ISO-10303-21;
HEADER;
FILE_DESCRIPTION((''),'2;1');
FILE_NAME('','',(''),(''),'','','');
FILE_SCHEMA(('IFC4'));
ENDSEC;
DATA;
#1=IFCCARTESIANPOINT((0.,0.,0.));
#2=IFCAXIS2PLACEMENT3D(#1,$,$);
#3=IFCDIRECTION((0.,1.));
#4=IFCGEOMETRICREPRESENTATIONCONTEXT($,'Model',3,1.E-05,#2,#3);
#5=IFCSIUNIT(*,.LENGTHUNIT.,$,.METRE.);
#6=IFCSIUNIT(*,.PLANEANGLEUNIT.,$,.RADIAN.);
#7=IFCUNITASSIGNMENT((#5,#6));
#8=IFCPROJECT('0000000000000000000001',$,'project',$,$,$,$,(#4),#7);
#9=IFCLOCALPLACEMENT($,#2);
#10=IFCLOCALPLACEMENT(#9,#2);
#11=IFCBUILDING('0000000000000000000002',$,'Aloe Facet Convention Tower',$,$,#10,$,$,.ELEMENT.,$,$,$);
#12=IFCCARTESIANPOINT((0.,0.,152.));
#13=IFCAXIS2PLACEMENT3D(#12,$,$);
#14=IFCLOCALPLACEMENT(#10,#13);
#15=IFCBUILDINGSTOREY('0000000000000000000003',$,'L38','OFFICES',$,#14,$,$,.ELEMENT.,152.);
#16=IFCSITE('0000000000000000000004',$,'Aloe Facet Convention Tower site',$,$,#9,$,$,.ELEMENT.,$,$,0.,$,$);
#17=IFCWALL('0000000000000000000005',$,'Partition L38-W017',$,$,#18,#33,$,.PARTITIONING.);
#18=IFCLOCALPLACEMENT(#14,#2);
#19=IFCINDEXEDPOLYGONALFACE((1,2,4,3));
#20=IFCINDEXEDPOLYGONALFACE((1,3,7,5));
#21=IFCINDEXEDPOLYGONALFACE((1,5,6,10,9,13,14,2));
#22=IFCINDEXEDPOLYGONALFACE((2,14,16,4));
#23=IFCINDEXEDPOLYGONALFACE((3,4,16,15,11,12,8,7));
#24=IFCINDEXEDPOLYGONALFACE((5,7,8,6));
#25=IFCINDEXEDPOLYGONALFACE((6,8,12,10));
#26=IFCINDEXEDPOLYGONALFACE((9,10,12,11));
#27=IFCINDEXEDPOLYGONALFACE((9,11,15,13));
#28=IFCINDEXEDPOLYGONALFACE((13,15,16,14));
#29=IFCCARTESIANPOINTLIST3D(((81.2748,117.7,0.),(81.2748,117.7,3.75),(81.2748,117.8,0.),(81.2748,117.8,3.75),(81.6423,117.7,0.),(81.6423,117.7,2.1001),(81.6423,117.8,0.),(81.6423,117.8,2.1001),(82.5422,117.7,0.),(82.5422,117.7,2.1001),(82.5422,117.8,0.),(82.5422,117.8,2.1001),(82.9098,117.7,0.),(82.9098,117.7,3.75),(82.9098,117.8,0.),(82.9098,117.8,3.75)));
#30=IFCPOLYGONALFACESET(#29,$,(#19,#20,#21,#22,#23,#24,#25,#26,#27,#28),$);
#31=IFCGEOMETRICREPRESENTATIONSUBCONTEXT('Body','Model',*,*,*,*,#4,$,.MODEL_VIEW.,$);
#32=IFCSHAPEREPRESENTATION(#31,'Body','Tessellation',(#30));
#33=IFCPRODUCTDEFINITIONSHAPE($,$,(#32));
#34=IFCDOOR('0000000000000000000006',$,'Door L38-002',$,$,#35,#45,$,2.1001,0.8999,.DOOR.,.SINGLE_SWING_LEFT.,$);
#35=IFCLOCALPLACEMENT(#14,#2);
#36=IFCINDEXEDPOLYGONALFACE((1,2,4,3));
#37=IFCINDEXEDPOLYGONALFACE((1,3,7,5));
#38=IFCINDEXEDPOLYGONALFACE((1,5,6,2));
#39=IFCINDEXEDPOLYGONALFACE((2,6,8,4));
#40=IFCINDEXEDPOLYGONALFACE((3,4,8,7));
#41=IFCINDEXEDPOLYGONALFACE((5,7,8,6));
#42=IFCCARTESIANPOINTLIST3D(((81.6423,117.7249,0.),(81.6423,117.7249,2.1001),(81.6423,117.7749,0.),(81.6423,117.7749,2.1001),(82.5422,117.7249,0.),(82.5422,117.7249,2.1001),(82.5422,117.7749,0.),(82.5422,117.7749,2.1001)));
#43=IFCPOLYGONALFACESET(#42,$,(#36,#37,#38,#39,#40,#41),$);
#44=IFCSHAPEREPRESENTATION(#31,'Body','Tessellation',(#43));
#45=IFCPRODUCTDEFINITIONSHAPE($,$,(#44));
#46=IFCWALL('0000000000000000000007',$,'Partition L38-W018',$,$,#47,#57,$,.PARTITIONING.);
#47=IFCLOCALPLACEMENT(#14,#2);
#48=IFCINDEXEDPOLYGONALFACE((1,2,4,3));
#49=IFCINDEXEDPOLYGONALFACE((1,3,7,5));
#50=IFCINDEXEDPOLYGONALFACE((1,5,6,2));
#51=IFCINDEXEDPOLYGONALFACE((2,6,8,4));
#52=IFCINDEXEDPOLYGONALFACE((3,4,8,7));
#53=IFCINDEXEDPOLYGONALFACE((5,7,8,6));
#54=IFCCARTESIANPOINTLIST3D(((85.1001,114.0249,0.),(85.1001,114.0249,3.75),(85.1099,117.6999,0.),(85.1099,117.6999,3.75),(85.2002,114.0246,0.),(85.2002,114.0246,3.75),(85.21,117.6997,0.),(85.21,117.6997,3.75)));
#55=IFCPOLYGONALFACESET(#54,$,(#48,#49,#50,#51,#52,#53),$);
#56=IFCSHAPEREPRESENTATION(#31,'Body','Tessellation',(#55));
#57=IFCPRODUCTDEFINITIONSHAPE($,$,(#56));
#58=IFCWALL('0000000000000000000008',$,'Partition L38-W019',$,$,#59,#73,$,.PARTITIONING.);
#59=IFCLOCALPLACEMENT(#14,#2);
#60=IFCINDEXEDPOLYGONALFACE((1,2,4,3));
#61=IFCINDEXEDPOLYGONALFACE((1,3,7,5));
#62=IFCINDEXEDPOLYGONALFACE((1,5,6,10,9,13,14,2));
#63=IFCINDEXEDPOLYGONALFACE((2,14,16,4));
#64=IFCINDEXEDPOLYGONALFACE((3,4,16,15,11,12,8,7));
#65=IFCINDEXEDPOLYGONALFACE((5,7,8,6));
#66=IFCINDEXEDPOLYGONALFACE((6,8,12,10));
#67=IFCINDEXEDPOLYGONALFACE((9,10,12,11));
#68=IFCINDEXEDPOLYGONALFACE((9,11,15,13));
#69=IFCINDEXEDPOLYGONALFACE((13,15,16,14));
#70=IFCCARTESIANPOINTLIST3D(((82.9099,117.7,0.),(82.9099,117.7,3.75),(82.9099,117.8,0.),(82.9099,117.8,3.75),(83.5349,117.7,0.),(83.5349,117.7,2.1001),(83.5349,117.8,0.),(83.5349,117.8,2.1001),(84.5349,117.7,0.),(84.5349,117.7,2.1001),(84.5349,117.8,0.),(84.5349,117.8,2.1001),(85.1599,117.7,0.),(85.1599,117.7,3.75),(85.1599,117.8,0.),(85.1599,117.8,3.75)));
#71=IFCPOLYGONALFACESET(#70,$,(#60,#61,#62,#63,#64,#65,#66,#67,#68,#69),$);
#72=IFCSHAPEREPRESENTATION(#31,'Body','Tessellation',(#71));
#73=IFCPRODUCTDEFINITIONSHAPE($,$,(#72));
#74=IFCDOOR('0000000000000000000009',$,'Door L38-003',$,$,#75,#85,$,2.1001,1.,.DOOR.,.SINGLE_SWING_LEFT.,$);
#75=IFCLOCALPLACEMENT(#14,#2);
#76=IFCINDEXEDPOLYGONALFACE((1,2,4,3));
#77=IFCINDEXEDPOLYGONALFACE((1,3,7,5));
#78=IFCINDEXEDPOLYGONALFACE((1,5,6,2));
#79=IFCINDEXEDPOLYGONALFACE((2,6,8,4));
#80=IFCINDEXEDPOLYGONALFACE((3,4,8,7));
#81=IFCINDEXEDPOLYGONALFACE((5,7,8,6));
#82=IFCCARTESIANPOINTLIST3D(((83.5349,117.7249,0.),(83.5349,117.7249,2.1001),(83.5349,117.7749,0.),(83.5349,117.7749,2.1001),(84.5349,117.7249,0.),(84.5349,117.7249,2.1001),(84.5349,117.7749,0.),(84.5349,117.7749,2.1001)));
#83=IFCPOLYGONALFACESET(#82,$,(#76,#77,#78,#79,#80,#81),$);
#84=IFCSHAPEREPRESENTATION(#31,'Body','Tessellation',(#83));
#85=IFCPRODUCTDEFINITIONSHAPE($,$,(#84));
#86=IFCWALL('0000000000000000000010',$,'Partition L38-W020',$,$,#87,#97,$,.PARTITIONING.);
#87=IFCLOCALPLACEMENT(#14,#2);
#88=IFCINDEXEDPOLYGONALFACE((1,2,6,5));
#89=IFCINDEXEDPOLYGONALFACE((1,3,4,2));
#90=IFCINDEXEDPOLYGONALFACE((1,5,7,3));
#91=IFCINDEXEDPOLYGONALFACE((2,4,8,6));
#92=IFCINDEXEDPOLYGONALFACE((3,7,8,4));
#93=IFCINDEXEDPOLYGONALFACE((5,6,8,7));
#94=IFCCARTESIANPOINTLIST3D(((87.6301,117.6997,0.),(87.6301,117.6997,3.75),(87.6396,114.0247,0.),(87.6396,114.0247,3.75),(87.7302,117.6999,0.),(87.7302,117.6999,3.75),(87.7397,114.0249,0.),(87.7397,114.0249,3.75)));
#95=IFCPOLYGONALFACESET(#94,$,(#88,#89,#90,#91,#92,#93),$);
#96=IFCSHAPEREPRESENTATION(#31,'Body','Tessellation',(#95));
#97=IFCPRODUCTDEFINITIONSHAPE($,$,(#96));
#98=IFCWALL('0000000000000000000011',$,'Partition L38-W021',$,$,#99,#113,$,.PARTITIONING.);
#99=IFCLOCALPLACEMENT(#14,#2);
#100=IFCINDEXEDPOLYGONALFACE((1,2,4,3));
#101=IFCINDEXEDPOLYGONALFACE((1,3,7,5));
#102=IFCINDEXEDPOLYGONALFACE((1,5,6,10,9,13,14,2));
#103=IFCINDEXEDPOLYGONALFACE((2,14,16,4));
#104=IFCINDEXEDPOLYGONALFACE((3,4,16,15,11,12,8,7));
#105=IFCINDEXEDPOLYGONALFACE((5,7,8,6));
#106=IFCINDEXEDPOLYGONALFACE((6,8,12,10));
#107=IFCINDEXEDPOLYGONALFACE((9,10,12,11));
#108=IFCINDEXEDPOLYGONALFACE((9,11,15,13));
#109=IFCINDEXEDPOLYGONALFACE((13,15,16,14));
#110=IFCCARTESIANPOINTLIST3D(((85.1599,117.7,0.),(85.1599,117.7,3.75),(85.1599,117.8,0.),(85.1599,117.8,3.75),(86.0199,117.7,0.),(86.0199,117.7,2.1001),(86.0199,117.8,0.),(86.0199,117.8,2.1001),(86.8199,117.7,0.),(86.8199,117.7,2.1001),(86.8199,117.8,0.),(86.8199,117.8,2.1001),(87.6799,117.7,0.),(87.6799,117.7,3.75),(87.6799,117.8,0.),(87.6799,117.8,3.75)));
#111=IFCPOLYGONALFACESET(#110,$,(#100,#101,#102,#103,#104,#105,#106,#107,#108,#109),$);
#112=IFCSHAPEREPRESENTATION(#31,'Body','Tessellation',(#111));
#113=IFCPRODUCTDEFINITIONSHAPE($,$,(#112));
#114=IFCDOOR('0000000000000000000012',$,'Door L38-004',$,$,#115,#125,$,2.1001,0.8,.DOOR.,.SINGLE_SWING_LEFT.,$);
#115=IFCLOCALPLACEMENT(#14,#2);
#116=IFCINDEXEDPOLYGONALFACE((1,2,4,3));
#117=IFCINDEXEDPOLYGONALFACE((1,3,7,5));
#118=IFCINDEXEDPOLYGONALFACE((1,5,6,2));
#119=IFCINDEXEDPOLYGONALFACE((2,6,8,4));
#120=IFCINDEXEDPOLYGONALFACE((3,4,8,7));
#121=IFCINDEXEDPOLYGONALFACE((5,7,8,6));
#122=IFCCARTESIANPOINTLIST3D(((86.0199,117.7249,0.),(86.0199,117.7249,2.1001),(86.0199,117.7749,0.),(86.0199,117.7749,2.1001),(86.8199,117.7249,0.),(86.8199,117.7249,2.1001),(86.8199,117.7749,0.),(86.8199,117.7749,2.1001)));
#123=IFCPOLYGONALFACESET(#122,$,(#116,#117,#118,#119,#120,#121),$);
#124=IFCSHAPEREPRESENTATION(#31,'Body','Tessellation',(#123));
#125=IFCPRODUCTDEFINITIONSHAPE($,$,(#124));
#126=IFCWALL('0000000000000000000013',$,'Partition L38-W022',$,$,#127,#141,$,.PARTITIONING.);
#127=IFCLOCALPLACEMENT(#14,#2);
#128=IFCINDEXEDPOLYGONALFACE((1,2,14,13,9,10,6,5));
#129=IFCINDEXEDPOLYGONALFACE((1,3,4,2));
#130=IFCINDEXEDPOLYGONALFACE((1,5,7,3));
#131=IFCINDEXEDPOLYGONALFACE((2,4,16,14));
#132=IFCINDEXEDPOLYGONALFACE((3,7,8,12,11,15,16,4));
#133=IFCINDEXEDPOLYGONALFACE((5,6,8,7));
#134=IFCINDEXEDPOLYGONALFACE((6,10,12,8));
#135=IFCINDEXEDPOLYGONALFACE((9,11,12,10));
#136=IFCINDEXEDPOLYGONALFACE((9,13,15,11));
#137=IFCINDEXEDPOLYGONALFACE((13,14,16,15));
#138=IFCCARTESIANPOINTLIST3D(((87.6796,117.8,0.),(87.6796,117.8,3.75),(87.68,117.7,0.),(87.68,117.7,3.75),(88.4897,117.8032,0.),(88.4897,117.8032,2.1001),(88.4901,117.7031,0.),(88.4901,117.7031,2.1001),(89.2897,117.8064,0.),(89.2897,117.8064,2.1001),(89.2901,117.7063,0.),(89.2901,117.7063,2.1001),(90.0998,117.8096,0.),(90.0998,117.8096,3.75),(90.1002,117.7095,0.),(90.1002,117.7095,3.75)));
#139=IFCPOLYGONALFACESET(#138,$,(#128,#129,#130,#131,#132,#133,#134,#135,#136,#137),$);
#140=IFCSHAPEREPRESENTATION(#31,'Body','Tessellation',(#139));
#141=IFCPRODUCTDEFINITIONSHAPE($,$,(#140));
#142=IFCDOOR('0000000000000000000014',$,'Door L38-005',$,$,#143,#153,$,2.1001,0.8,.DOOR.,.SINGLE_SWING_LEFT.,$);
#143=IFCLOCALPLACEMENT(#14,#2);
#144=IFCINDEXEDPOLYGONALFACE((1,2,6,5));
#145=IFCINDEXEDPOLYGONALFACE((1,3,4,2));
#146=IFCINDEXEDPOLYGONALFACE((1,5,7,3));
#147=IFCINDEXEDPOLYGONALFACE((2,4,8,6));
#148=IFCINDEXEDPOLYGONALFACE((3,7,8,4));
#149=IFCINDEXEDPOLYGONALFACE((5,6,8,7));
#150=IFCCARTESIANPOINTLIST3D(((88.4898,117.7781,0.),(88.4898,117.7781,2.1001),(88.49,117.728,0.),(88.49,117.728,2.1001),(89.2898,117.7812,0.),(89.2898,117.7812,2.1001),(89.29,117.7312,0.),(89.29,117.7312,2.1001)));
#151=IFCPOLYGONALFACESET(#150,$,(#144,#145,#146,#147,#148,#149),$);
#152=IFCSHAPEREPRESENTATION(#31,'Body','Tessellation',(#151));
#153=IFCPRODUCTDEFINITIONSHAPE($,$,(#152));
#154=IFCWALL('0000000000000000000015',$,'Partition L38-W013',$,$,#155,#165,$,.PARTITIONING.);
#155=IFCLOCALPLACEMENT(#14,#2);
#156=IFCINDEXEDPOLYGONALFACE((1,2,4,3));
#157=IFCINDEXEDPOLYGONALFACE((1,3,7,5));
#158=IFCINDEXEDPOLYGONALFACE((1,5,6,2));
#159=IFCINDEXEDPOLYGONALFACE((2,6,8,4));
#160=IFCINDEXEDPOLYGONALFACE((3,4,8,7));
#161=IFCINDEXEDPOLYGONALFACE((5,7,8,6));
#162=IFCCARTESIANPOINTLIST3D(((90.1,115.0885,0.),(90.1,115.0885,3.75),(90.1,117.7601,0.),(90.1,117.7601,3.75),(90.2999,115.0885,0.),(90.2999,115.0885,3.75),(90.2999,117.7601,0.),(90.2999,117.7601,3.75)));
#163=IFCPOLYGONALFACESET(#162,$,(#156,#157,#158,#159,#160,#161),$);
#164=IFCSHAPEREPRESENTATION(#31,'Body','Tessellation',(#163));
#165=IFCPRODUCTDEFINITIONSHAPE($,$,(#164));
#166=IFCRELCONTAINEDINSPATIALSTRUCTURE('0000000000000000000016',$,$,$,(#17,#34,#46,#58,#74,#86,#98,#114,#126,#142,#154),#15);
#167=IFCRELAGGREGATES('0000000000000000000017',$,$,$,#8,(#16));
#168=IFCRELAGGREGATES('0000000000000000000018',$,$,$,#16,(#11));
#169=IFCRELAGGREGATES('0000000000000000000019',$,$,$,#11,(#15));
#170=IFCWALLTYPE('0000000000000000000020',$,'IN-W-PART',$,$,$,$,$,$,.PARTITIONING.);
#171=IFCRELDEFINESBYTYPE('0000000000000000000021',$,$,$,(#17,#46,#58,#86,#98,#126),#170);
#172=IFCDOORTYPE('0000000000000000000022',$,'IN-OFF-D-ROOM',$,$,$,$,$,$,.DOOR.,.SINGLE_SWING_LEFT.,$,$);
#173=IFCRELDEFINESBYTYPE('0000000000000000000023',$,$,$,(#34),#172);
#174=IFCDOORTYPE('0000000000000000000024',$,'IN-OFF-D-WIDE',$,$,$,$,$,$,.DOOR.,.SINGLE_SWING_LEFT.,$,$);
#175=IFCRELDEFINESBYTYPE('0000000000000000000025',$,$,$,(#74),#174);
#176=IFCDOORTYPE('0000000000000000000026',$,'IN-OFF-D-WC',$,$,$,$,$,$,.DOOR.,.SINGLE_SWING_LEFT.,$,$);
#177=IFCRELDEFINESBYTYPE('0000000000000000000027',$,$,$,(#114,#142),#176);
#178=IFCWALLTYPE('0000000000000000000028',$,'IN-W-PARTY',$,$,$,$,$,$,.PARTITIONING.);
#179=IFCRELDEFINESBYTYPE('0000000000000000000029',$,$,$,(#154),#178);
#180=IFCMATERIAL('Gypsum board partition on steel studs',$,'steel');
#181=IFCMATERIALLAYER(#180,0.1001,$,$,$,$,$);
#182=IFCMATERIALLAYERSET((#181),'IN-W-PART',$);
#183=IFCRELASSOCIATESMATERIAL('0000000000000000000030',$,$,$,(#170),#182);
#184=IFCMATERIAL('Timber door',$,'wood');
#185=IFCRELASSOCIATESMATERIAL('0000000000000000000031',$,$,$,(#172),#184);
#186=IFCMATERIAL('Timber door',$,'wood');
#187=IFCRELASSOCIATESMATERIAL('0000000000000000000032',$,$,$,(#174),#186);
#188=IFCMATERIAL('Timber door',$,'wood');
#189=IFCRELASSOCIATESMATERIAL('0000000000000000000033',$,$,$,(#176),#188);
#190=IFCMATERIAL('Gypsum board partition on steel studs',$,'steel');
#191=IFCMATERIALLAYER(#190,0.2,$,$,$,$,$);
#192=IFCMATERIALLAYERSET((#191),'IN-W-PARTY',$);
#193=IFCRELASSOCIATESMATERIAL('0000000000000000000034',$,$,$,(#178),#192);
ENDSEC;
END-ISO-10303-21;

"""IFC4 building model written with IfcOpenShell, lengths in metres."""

from ifc_helpers import new_model, si_unit, direction, frame, frame_2d, origin, place, context, subcontext, project, spatial, rectangle, extrude, material, layer, layer_set, type_object, element, fill, save


model = new_model("IFC4")

# Units and contexts
model_context = context("Model", 3, precision=1e-05, world=origin(), true_north=direction((0.0, 1.0)))
body_context = subcontext(model_context, "Body", "Model", "MODEL_VIEW")
ifc_project = project(units=[si_unit("LENGTHUNIT", "METRE"), si_unit("PLANEANGLEUNIT", "RADIAN")], contexts=[model_context])

# Site, building, storey
site_placement = place(None, origin())
site = spatial("IfcSite", under=ifc_project, at=site_placement, Name="Aloe Facet Convention Tower site", CompositionType="ELEMENT", RefElevation=0.0)
building_placement = place(site_placement, origin())
building = spatial("IfcBuilding", under=site, at=building_placement, Name="Aloe Facet Convention Tower", CompositionType="ELEMENT")
storey_placement = place(building_placement, frame((0.0, 0.0, 152.0)))
storey = spatial("IfcBuildingStorey", under=building, at=storey_placement, Name="L38", Description="OFFICES", CompositionType="ELEMENT", Elevation=152.0)

# Shared definitions
ifc_material_1 = material(Name="Gypsum board partition on steel studs", Category="steel")
ifc_layer_1 = layer(ifc_material_1, 0.1001)
ifc_layer_set_1 = layer_set([ifc_layer_1], Name="IN-W-PART")
wall_type_1 = type_object("IfcWallType", Name="IN-W-PART", PredefinedType="PARTITIONING", material=ifc_layer_set_1)

# Wall, opening, door
wall_1_placement = place(storey_placement, frame((81.2749, 117.75, 0.0), z_axis=(0.0, 0.0, 1.0), x_axis=(1.0, 0.0, 0.0)))
wall_1 = element("IfcWall", 1, at=wall_1_placement, inside=storey, type_object=wall_type_1, Name="Partition L38-W017", PredefinedType="PARTITIONING", context=body_context, shape_type="SweptSolid", body=[
    extrude(rectangle(XDim=1.635, YDim=0.1001, at=frame_2d((0.8174, 0.0))), origin(), (0.0, 0.0, 1.0), 3.75),
])
opening_1_placement = place(wall_1_placement, frame((0.3674, 0.0, 0.0)))
opening_1 = element("IfcOpeningElement", 2, at=opening_1_placement, cuts=wall_1, PredefinedType="OPENING", context=body_context, shape_type="SweptSolid", body=[
    extrude(rectangle(XDim=0.8999, YDim=2.1001, at=frame_2d((0.45, 1.05))), frame((0.0, 0.0601, 0.0), z_axis=(0.0, -1.0, 0.0), x_axis=(1.0, 0.0, 0.0)), (0.0, 0.0, 1.0), 0.1201),
])
ifc_material_2 = material(Name="Timber door", Category="wood")
door_type_1 = type_object("IfcDoorType", Name="IN-OFF-D-ROOM", OperationType="SINGLE_SWING_LEFT", PredefinedType="DOOR", material=ifc_material_2)
door_1_placement = place(opening_1_placement, origin())
door_1 = element("IfcDoor", 3, at=door_1_placement, inside=storey, type_object=door_type_1, Name="Door L38-002", OperationType="SINGLE_SWING_LEFT", OverallHeight=2.1001, OverallWidth=0.8999, PredefinedType="DOOR", context=body_context, shape_type="SweptSolid", body=[
    extrude(rectangle(XDim=0.8999, YDim=2.1001, at=frame_2d((0.45, 1.05))), frame((0.0, 0.0249, 0.0), z_axis=(0.0, -1.0, 0.0), x_axis=(1.0, 0.0, 0.0)), (0.0, 0.0, 1.0), 0.05),
])
fill(opening_1, door_1)

# Wall
wall_2_placement = place(storey_placement, frame((85.1501, 114.0249, 0.0), z_axis=(0.0, 0.0, 1.0), x_axis=(0.002657, 0.999996, 0.0)))
element("IfcWall", 4, at=wall_2_placement, inside=storey, type_object=wall_type_1, Name="Partition L38-W018", PredefinedType="PARTITIONING", context=body_context, shape_type="SweptSolid", body=[
    extrude(rectangle(XDim=3.675, YDim=0.1001, at=frame_2d((1.8374, 0.0))), origin(), (0.0, 0.0, 1.0), 3.75),
])

# Wall, opening, door
wall_3_placement = place(storey_placement, frame((82.9099, 117.75, 0.0), z_axis=(0.0, 0.0, 1.0), x_axis=(1.0, 0.0, 0.0)))
wall_3 = element("IfcWall", 5, at=wall_3_placement, inside=storey, type_object=wall_type_1, Name="Partition L38-W019", PredefinedType="PARTITIONING", context=body_context, shape_type="SweptSolid", body=[
    extrude(rectangle(XDim=2.25, YDim=0.1001, at=frame_2d((1.125, 0.0))), origin(), (0.0, 0.0, 1.0), 3.75),
])
opening_2_placement = place(wall_3_placement, frame((0.625, 0.0, 0.0)))
opening_2 = element("IfcOpeningElement", 6, at=opening_2_placement, cuts=wall_3, PredefinedType="OPENING", context=body_context, shape_type="SweptSolid", body=[
    extrude(rectangle(XDim=1.0, YDim=2.1001, at=frame_2d((0.5, 1.05))), frame((0.0, 0.0601, 0.0), z_axis=(0.0, -1.0, 0.0), x_axis=(1.0, 0.0, 0.0)), (0.0, 0.0, 1.0), 0.1201),
])
ifc_material_3 = material(Name="Timber door", Category="wood")
door_type_2 = type_object("IfcDoorType", Name="IN-OFF-D-WIDE", OperationType="SINGLE_SWING_LEFT", PredefinedType="DOOR", material=ifc_material_3)
door_2_placement = place(opening_2_placement, origin())
door_2 = element("IfcDoor", 7, at=door_2_placement, inside=storey, type_object=door_type_2, Name="Door L38-003", OperationType="SINGLE_SWING_LEFT", OverallHeight=2.1001, OverallWidth=1.0, PredefinedType="DOOR", context=body_context, shape_type="SweptSolid", body=[
    extrude(rectangle(XDim=1.0, YDim=2.1001, at=frame_2d((0.5, 1.05))), frame((0.0, 0.0249, 0.0), z_axis=(0.0, -1.0, 0.0), x_axis=(1.0, 0.0, 0.0)), (0.0, 0.0, 1.0), 0.05),
])
fill(opening_2, door_2)

# Wall
wall_4_placement = place(storey_placement, frame((87.6897, 114.0249, 0.0), z_axis=(0.0, 0.0, 1.0), x_axis=(-0.002591, 0.999997, 0.0)))
element("IfcWall", 8, at=wall_4_placement, inside=storey, type_object=wall_type_1, Name="Partition L38-W020", PredefinedType="PARTITIONING", context=body_context, shape_type="SweptSolid", body=[
    extrude(rectangle(XDim=3.675, YDim=0.1001, at=frame_2d((1.8374, 0.0))), origin(), (0.0, 0.0, 1.0), 3.75),
])

# Walls, openings, doors
wall_5_placement = place(storey_placement, frame((85.1599, 117.75, 0.0), z_axis=(0.0, 0.0, 1.0), x_axis=(1.0, 0.0, 0.0)))
wall_5 = element("IfcWall", 9, at=wall_5_placement, inside=storey, type_object=wall_type_1, Name="Partition L38-W021", PredefinedType="PARTITIONING", context=body_context, shape_type="SweptSolid", body=[
    extrude(rectangle(XDim=2.52, YDim=0.1001, at=frame_2d((1.26, 0.0))), origin(), (0.0, 0.0, 1.0), 3.75),
])
opening_3_placement = place(wall_5_placement, frame((0.8601, 0.0, 0.0)))
opening_3 = element("IfcOpeningElement", 10, at=opening_3_placement, cuts=wall_5, PredefinedType="OPENING", context=body_context, shape_type="SweptSolid", body=[
    extrude(rectangle(XDim=0.8, YDim=2.1001, at=frame_2d((0.3999, 1.05))), frame((0.0, 0.0601, 0.0), z_axis=(0.0, -1.0, 0.0), x_axis=(1.0, 0.0, 0.0)), (0.0, 0.0, 1.0), 0.1201),
])
ifc_material_4 = material(Name="Timber door", Category="wood")
door_type_3 = type_object("IfcDoorType", Name="IN-OFF-D-WC", OperationType="SINGLE_SWING_LEFT", PredefinedType="DOOR", material=ifc_material_4)
door_3_placement = place(opening_3_placement, origin())
door_3 = element("IfcDoor", 11, at=door_3_placement, inside=storey, type_object=door_type_3, Name="Door L38-004", OperationType="SINGLE_SWING_LEFT", OverallHeight=2.1001, OverallWidth=0.8, PredefinedType="DOOR", context=body_context, shape_type="SweptSolid", body=[
    extrude(rectangle(XDim=0.8, YDim=2.1001, at=frame_2d((0.3999, 1.05))), frame((0.0, 0.0249, 0.0), z_axis=(0.0, -1.0, 0.0), x_axis=(1.0, 0.0, 0.0)), (0.0, 0.0, 1.0), 0.05),
])
fill(opening_3, door_3)
wall_6_placement = place(storey_placement, frame((87.6799, 117.75, 0.0), z_axis=(0.0, 0.0, 1.0), x_axis=(0.999992, 0.003934, 0.0)))
wall_6 = element("IfcWall", 12, at=wall_6_placement, inside=storey, type_object=wall_type_1, Name="Partition L38-W022", PredefinedType="PARTITIONING", context=body_context, shape_type="SweptSolid", body=[
    extrude(rectangle(XDim=2.4202, YDim=0.1001, at=frame_2d((1.21, 0.0))), origin(), (0.0, 0.0, 1.0), 3.75),
])
opening_4_placement = place(wall_6_placement, frame((0.8101, 0.0, 0.0)))
opening_4 = element("IfcOpeningElement", 13, at=opening_4_placement, cuts=wall_6, PredefinedType="OPENING", context=body_context, shape_type="SweptSolid", body=[
    extrude(rectangle(XDim=0.8, YDim=2.1001, at=frame_2d((0.3999, 1.05))), frame((0.0, 0.0601, 0.0), z_axis=(0.0, -1.0, 0.0), x_axis=(1.0, 0.0, 0.0)), (0.0, 0.0, 1.0), 0.1201),
])
door_4_placement = place(opening_4_placement, origin())
door_4 = element("IfcDoor", 14, at=door_4_placement, inside=storey, type_object=door_type_3, Name="Door L38-005", OperationType="SINGLE_SWING_LEFT", OverallHeight=2.1001, OverallWidth=0.8, PredefinedType="DOOR", context=body_context, shape_type="SweptSolid", body=[
    extrude(rectangle(XDim=0.8, YDim=2.1001, at=frame_2d((0.3999, 1.05))), frame((0.0, 0.0249, 0.0), z_axis=(0.0, -1.0, 0.0), x_axis=(1.0, 0.0, 0.0)), (0.0, 0.0, 1.0), 0.05),
])
fill(opening_4, door_4)

# Wall
ifc_material_5 = material(Name="Gypsum board partition on steel studs", Category="steel")
ifc_layer_2 = layer(ifc_material_5, 0.2)
ifc_layer_set_2 = layer_set([ifc_layer_2], Name="IN-W-PARTY")
wall_type_2 = type_object("IfcWallType", Name="IN-W-PARTY", PredefinedType="PARTITIONING", material=ifc_layer_set_2)
wall_7_placement = place(storey_placement, frame((90.2, 115.0884, 0.0), z_axis=(0.0, 0.0, 1.0), x_axis=(0.0, 1.0, 0.0)))
element("IfcWall", 15, at=wall_7_placement, inside=storey, type_object=wall_type_2, Name="Partition L38-W013", PredefinedType="PARTITIONING", context=body_context, shape_type="SweptSolid", body=[
    extrude(rectangle(XDim=2.6716, YDim=0.2, at=frame_2d((1.3359, 0.0))), origin(), (0.0, 0.0, 1.0), 3.75),
])

save(model, "model.ifc")
